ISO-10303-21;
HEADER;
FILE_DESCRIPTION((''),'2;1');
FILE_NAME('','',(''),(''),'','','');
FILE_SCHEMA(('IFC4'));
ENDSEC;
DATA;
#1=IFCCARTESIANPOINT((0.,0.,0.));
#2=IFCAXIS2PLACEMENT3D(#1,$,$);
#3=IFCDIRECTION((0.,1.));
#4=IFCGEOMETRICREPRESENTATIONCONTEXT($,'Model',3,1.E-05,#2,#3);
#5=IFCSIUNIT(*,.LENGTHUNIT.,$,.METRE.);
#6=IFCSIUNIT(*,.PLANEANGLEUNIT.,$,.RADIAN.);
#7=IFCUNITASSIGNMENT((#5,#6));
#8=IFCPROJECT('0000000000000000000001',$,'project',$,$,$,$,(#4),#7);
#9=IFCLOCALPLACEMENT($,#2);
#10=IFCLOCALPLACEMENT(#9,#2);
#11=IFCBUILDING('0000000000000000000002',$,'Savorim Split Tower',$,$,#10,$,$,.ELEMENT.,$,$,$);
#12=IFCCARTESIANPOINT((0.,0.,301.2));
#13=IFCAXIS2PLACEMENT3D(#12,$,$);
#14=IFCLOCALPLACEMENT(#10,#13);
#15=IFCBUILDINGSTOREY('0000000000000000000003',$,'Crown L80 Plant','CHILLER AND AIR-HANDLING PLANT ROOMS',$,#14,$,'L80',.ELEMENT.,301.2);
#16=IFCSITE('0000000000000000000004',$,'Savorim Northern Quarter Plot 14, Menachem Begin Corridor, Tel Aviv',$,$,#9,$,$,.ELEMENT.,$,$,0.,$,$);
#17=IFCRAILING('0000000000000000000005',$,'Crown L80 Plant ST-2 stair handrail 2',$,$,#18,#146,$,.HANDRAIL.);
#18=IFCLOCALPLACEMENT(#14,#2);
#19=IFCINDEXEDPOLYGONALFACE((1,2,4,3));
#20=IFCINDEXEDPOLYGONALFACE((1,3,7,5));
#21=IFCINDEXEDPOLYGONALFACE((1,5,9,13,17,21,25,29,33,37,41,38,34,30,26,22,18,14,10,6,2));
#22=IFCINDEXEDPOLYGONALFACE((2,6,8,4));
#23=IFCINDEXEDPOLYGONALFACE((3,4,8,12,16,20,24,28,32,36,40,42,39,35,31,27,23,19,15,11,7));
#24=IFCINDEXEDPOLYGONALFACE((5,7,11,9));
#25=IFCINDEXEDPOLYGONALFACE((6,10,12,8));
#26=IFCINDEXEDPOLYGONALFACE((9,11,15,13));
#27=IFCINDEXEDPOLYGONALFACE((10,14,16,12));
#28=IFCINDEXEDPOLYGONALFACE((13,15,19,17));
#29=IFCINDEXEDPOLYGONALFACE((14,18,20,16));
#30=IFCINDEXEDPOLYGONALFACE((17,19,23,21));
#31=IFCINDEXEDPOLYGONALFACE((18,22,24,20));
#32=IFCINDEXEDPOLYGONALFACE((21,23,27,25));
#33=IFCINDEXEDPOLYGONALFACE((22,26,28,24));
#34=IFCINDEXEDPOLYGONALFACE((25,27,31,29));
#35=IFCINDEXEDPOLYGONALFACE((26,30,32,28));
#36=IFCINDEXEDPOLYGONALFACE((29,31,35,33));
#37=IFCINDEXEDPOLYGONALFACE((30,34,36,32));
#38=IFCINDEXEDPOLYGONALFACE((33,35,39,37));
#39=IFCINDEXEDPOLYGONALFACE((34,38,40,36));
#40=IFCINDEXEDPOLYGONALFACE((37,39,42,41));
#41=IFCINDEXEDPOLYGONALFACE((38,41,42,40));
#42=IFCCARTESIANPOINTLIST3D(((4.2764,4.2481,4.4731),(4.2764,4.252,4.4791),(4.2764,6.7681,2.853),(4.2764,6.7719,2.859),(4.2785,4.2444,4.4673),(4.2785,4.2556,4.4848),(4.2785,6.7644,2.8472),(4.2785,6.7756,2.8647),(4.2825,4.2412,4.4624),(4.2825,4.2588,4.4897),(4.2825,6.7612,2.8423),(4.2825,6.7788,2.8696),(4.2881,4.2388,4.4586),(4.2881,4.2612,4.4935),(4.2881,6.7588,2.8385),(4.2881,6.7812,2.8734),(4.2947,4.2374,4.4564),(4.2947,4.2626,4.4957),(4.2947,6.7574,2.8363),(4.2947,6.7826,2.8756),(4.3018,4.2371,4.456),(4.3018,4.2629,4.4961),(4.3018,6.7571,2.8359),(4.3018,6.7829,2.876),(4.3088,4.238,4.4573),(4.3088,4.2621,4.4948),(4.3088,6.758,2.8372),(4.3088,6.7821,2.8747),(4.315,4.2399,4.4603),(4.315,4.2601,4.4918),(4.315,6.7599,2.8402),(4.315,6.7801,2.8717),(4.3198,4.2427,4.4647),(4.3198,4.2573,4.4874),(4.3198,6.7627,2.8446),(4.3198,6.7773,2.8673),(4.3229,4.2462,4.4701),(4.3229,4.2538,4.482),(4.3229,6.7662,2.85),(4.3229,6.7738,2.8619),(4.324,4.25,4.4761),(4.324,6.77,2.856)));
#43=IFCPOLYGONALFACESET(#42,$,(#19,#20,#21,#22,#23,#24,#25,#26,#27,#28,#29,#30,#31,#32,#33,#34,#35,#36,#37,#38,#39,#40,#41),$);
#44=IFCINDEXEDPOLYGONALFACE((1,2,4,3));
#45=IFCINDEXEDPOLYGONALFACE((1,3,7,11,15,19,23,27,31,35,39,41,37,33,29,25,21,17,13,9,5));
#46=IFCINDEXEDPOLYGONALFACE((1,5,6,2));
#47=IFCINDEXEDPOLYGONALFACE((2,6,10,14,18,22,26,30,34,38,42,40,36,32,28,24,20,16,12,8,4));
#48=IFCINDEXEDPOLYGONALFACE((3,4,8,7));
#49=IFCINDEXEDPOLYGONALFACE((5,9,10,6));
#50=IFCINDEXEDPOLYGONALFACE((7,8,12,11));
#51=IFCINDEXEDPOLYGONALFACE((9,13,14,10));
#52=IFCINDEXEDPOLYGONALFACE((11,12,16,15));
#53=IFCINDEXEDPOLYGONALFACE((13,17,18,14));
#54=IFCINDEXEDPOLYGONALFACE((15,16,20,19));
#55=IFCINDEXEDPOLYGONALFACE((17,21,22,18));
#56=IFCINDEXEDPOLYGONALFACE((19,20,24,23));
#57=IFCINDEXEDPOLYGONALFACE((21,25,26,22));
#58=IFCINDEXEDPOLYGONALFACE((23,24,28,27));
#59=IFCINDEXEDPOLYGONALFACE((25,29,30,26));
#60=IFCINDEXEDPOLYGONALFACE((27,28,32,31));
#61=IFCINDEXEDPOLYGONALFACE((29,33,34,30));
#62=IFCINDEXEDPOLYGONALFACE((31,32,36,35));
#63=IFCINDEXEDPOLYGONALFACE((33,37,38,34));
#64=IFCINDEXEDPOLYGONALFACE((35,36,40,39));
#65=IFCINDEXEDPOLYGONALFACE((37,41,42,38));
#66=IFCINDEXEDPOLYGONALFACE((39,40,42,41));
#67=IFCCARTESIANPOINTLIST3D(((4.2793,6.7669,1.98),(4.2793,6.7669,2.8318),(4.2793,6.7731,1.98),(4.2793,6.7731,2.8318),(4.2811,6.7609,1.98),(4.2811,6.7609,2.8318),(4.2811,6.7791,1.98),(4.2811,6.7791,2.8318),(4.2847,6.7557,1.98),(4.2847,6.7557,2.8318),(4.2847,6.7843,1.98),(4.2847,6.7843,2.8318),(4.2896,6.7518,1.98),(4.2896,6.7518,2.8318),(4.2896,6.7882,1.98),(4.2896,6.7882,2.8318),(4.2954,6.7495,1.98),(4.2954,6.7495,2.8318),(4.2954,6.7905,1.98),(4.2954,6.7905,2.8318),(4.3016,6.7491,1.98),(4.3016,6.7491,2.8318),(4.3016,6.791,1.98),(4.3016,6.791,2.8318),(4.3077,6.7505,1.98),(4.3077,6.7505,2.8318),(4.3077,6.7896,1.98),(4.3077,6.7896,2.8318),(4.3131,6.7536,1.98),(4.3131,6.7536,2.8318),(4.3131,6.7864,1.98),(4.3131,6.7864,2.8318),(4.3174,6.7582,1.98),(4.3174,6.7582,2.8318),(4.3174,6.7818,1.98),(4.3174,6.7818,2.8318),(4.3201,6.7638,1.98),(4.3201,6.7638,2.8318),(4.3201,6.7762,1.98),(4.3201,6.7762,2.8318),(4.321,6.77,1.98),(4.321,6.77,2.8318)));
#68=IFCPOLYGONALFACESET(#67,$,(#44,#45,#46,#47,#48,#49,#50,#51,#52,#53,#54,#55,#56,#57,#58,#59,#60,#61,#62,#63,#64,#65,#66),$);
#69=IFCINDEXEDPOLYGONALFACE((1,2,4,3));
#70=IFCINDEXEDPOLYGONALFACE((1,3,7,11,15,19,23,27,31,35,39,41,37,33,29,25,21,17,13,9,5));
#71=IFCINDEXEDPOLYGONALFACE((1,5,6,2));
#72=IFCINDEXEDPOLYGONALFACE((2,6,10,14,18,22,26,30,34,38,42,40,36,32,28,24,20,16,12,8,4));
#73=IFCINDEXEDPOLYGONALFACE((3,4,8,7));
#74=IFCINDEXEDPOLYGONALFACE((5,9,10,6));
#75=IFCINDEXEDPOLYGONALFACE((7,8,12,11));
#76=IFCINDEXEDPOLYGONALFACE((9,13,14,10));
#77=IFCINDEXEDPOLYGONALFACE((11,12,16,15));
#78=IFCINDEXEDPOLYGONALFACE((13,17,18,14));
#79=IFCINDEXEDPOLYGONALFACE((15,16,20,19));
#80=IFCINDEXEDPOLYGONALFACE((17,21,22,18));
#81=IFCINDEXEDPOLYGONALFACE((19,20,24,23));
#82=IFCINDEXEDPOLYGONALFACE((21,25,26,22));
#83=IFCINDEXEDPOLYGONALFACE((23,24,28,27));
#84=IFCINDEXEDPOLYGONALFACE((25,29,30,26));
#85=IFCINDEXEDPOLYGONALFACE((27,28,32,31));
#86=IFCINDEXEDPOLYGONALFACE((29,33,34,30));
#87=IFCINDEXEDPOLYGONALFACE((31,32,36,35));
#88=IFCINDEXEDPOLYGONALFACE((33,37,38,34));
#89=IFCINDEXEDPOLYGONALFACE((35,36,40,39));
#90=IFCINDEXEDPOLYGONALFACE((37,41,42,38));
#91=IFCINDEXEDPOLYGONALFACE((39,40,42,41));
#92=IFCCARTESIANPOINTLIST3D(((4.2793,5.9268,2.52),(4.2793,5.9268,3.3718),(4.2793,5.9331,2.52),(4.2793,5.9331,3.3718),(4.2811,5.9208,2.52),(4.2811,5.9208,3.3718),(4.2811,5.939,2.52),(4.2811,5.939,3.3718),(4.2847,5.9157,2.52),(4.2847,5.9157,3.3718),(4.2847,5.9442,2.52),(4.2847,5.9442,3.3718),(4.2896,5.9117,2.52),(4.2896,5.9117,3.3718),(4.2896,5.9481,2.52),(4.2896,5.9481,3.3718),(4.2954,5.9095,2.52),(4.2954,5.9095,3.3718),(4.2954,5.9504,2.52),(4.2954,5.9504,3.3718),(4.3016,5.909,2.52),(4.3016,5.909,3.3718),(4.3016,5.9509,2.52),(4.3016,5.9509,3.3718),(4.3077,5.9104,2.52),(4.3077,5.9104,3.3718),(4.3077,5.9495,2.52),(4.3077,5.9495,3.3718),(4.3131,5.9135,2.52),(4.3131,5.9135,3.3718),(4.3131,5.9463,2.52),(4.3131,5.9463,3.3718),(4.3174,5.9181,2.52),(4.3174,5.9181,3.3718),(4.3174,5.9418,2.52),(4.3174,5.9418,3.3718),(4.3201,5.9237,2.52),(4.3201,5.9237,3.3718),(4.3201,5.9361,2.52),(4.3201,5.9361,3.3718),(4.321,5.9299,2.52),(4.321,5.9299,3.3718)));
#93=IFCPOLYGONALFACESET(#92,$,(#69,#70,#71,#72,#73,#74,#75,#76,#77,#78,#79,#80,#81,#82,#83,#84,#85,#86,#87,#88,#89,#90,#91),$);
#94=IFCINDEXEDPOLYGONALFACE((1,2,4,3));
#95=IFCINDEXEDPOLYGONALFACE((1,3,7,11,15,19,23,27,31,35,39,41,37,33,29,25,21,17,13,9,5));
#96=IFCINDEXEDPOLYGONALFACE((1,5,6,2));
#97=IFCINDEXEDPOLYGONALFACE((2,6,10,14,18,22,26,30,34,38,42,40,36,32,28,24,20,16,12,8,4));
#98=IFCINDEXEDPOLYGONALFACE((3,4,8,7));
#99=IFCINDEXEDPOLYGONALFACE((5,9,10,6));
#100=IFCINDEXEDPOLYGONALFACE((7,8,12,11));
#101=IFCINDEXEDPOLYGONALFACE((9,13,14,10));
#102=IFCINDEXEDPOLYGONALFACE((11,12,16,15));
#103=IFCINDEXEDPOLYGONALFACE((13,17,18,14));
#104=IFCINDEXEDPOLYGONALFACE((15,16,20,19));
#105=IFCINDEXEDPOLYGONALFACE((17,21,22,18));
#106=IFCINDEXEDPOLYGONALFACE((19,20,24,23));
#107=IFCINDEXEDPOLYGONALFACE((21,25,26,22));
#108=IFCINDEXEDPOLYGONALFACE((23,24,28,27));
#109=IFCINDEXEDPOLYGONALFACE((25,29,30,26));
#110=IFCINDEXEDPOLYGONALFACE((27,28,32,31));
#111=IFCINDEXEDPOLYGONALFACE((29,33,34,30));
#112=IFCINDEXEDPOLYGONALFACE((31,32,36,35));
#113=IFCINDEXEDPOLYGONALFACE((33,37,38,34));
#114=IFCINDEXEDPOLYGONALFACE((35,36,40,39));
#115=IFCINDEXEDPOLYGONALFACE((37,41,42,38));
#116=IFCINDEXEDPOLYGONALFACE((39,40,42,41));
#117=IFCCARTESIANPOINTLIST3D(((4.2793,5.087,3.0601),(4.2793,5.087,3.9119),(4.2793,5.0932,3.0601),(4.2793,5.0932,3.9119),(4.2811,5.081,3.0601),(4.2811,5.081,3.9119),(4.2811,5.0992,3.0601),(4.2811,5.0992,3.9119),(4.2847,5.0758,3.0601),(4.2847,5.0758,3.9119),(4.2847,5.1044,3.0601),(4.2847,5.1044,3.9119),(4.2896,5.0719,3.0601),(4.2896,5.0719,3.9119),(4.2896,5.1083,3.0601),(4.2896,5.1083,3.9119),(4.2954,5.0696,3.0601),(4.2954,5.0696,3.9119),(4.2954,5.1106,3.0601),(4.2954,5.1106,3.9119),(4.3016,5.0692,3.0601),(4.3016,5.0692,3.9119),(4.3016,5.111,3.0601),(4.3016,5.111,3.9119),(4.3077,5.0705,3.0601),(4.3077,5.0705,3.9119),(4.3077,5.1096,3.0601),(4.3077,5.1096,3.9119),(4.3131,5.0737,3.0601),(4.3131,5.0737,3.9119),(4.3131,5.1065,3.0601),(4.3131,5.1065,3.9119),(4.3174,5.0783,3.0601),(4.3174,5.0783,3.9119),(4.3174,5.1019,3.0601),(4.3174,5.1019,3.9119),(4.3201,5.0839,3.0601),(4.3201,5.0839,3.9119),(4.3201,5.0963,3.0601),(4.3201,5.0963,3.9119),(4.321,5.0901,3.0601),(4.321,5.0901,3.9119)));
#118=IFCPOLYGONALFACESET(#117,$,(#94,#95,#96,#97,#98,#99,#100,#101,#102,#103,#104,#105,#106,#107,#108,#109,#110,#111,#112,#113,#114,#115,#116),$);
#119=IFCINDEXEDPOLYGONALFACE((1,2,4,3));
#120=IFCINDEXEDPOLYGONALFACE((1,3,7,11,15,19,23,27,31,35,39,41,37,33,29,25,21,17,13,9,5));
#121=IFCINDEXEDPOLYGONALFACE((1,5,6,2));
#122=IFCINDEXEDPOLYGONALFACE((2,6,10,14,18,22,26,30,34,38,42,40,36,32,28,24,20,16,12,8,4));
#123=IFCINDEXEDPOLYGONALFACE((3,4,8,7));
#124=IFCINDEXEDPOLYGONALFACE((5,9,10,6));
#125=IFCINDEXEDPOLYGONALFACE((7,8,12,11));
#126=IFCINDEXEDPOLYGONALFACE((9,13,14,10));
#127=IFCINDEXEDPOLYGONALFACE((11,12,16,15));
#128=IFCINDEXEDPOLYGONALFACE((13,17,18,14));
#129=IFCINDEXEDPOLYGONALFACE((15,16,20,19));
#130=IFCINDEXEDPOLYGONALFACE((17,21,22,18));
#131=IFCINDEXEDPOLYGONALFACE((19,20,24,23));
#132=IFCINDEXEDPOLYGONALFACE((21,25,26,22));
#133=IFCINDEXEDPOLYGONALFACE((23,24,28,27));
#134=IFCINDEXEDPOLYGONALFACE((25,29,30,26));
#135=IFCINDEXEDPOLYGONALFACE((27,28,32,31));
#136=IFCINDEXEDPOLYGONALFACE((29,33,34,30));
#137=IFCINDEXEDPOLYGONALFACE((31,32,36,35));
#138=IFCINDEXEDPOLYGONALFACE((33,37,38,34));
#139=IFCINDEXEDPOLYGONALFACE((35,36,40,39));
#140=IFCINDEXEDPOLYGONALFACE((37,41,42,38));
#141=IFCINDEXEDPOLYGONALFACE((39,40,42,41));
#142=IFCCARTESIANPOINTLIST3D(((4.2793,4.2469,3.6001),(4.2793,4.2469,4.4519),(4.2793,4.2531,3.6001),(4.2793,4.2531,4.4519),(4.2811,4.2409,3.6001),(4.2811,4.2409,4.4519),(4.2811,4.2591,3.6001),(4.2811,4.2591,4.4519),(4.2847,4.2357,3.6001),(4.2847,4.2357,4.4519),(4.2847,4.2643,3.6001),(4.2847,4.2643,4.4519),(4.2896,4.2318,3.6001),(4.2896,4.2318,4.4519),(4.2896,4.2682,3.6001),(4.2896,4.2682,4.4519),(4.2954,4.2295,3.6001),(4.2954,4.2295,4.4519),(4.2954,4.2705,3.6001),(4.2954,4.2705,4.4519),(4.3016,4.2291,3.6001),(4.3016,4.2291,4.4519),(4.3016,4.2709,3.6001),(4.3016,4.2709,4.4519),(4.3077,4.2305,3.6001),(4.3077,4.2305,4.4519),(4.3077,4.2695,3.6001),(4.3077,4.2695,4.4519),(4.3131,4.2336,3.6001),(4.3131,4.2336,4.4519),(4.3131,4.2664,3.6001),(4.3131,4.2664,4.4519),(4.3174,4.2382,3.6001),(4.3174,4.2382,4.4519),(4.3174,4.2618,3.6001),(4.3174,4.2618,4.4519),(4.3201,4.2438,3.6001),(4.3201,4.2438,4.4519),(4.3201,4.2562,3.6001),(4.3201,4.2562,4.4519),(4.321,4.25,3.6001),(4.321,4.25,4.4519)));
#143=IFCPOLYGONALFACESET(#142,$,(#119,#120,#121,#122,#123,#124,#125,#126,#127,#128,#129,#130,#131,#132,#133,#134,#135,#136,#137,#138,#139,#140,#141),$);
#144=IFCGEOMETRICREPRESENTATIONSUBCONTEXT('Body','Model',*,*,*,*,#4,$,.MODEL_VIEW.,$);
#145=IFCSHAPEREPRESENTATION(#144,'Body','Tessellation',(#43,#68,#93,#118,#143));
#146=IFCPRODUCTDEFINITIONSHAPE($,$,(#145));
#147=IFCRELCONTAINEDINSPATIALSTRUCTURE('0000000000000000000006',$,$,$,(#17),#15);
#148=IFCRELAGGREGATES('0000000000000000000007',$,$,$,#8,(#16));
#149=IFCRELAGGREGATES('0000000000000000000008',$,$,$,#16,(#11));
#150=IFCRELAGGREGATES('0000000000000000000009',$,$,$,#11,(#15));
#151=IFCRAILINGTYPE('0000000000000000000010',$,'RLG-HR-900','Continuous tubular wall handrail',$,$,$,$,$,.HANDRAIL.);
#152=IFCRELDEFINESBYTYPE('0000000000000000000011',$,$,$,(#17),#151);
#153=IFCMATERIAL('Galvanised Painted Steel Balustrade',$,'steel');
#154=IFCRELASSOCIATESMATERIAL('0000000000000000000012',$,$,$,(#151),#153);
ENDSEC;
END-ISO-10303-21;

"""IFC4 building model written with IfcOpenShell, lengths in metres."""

from ifc_helpers import new_model, si_unit, direction, frame, origin, origin_2d, place, context, subcontext, project, spatial, circle, extrude, material, type_object, element, save


model = new_model("IFC4")

# Units and contexts
model_context = context("Model", 3, precision=1e-05, world=origin(), true_north=direction((0.0, 1.0)))
body_context = subcontext(model_context, "Body", "Model", "MODEL_VIEW")
ifc_project = project(units=[si_unit("LENGTHUNIT", "METRE"), si_unit("PLANEANGLEUNIT", "RADIAN")], contexts=[model_context])

# Site, building, storey
site_placement = place(None, origin())
site = spatial("IfcSite", under=ifc_project, at=site_placement, Name="Savorim Northern Quarter Plot 14, Menachem Begin Corridor, Tel Aviv", CompositionType="ELEMENT", RefElevation=0.0)
building_placement = place(site_placement, origin())
building = spatial("IfcBuilding", under=site, at=building_placement, Name="Savorim Split Tower", CompositionType="ELEMENT")
storey_placement = place(building_placement, frame((0.0, 0.0, 301.2)))
storey = spatial("IfcBuildingStorey", under=building, at=storey_placement, Name="Crown L80 Plant", Description="CHILLER AND AIR-HANDLING PLANT ROOMS", LongName="L80", CompositionType="ELEMENT", Elevation=301.2)

# Railing
ifc_material_1 = material(Name="Galvanised Painted Steel Balustrade", Category="steel")
railing_type_1 = type_object("IfcRailingType", Name="RLG-HR-900", Description="Continuous tubular wall handrail", PredefinedType="HANDRAIL", material=ifc_material_1)
railing_1_placement = place(storey_placement, frame((4.3, 6.77, 1.98)))
element("IfcRailing", 1, at=railing_1_placement, inside=storey, type_object=railing_type_1, Name="Crown L80 Plant ST-2 stair handrail 2", PredefinedType="HANDRAIL", context=body_context, shape_type="SweptSolid", body=[
    extrude(circle(Radius=0.0239, at=origin_2d()), frame((0.0, 0.0, 0.876), z_axis=(0.0, -0.841163, 0.540782), x_axis=(1.0, 0.0, 0.0)), (0.0, 0.0, 1.0), 2.9958),
    extrude(circle(Radius=0.021, at=origin_2d()), origin(), (0.0, 0.0, 1.0), 0.8518),
    extrude(circle(Radius=0.021, at=origin_2d()), frame((0.0, -0.8401, 0.54)), (0.0, 0.0, 1.0), 0.8518),
    extrude(circle(Radius=0.021, at=origin_2d()), frame((0.0, -1.6799, 1.0801)), (0.0, 0.0, 1.0), 0.8518),
    extrude(circle(Radius=0.021, at=origin_2d()), frame((0.0, -2.52, 1.6201)), (0.0, 0.0, 1.0), 0.8518),
])

save(model, "model.ifc")
